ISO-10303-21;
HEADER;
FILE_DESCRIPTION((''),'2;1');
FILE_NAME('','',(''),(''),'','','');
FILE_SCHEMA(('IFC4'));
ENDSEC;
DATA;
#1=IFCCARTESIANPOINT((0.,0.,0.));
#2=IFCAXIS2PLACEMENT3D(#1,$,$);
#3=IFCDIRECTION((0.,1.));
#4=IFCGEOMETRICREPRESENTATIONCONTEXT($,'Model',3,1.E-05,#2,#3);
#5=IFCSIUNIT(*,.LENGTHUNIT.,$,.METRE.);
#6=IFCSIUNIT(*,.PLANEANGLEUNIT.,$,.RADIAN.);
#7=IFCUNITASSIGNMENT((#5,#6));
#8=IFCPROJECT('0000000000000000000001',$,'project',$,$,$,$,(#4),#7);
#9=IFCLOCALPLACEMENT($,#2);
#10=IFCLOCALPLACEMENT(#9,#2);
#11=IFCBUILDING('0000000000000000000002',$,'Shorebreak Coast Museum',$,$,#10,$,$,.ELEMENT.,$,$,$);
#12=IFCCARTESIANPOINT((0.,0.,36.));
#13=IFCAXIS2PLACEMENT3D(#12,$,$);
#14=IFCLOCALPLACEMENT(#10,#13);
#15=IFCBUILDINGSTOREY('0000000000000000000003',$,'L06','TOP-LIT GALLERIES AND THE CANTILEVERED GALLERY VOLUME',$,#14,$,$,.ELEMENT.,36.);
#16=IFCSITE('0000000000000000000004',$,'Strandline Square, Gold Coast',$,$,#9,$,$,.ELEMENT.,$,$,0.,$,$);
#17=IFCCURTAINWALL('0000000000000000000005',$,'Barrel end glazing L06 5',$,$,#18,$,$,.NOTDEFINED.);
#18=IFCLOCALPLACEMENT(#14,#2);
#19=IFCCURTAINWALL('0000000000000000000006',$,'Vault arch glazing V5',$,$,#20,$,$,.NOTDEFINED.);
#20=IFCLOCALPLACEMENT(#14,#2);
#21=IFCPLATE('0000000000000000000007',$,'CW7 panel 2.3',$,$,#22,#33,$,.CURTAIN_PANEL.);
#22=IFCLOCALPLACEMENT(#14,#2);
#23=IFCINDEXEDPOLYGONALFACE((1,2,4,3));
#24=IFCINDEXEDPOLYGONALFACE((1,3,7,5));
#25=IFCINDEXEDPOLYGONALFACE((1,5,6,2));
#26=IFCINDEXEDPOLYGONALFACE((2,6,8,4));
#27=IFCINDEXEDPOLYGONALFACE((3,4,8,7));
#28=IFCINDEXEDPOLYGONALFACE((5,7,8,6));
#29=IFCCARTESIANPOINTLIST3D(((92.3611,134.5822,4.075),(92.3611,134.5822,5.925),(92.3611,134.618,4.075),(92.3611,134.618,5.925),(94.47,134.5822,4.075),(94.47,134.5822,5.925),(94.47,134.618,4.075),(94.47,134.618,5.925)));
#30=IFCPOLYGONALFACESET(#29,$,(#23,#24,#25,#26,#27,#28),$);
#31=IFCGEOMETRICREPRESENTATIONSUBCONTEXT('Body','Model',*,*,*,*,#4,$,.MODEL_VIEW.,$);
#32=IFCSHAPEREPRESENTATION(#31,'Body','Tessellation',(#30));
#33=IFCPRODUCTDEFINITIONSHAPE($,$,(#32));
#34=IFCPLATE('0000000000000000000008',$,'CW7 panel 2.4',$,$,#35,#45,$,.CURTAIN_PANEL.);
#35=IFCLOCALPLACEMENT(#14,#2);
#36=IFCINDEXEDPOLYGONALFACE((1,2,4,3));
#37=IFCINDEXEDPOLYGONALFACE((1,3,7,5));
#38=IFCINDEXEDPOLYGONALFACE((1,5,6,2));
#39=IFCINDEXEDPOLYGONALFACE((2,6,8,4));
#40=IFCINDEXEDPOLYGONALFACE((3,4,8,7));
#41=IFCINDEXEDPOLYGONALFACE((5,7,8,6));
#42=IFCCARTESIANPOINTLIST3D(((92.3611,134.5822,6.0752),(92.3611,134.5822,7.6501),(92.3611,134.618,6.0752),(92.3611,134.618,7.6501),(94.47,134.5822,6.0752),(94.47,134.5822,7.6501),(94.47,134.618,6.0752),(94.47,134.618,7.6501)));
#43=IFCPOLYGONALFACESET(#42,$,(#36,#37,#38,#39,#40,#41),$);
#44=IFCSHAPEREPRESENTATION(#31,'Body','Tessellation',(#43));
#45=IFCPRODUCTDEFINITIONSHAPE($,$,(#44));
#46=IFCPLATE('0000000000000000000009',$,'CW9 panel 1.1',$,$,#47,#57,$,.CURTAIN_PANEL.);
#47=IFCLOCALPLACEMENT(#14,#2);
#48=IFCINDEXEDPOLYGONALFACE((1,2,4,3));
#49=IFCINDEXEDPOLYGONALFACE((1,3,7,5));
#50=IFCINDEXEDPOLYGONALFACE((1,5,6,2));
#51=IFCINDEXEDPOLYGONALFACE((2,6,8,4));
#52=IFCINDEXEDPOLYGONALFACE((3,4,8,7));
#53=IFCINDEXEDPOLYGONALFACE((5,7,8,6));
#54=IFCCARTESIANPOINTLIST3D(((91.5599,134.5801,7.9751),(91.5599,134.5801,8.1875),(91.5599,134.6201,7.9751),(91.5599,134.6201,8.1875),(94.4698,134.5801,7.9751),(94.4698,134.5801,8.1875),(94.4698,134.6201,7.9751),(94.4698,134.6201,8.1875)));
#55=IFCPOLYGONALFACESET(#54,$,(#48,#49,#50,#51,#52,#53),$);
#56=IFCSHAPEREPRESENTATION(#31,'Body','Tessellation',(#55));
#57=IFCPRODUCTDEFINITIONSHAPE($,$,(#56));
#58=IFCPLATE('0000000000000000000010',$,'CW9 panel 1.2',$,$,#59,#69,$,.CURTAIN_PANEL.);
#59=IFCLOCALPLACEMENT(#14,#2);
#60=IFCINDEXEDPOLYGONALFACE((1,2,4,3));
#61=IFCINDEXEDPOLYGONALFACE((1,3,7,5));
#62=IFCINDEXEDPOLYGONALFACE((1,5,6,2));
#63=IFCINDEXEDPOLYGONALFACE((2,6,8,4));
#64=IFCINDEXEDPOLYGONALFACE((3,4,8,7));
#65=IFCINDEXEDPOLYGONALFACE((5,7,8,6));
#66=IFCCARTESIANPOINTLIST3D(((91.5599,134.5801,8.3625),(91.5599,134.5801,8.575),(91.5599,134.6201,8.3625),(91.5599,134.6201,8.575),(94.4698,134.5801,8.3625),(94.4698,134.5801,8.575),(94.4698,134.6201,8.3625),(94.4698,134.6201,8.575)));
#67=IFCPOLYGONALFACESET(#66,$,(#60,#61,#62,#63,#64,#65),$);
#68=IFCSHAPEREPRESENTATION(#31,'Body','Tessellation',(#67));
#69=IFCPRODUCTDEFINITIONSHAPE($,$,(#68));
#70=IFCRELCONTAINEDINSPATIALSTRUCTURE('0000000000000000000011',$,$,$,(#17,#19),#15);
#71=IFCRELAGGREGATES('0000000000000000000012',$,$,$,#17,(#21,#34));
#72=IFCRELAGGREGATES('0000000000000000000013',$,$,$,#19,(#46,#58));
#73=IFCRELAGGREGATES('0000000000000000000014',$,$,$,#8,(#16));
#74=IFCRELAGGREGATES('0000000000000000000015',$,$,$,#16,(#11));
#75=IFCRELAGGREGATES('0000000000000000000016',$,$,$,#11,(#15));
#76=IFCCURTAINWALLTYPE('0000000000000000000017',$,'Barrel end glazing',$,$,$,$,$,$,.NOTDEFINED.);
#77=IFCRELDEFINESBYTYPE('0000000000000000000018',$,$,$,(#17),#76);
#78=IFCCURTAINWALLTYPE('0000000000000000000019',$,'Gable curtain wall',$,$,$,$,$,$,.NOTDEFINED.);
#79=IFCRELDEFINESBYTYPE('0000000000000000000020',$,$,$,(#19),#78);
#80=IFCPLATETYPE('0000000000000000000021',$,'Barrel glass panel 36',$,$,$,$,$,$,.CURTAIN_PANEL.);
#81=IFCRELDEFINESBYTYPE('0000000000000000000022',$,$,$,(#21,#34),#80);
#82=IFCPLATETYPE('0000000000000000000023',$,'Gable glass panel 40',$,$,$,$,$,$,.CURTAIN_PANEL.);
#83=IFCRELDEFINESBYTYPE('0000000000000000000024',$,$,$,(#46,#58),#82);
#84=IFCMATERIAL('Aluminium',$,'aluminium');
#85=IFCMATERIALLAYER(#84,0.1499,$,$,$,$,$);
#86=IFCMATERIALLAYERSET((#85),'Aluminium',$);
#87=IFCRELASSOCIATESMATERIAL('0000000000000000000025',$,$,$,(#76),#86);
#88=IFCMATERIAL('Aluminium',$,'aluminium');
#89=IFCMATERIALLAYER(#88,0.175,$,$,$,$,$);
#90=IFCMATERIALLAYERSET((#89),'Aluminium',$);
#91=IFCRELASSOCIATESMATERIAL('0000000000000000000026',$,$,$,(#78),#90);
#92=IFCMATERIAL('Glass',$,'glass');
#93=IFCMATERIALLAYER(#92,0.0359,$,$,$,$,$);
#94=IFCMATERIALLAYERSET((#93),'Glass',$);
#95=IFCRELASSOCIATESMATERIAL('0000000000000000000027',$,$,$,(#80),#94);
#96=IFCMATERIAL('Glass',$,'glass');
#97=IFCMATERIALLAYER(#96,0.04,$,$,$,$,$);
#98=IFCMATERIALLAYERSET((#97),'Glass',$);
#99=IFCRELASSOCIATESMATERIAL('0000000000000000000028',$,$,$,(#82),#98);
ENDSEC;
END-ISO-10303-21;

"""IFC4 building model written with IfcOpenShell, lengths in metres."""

from ifc_helpers import new_model, si_unit, direction, frame, origin, origin_2d, place, context, subcontext, project, spatial, rectangle, extrude, material, layer, layer_set, type_object, element, aggregate, save


model = new_model("IFC4")

# Units and contexts
model_context = context("Model", 3, precision=1e-05, world=origin(), true_north=direction((0.0, 1.0)))
body_context = subcontext(model_context, "Body", "Model", "MODEL_VIEW")
ifc_project = project(units=[si_unit("LENGTHUNIT", "METRE"), si_unit("PLANEANGLEUNIT", "RADIAN")], contexts=[model_context])

# Site, building, storey
site_placement = place(None, origin())
site = spatial("IfcSite", under=ifc_project, at=site_placement, Name="Strandline Square, Gold Coast", CompositionType="ELEMENT", RefElevation=0.0)
building_placement = place(site_placement, origin())
building = spatial("IfcBuilding", under=site, at=building_placement, Name="Shorebreak Coast Museum", CompositionType="ELEMENT")
storey_placement = place(building_placement, frame((0.0, 0.0, 36.0)))
storey = spatial("IfcBuildingStorey", under=building, at=storey_placement, Name="L06", Description="TOP-LIT GALLERIES AND THE CANTILEVERED GALLERY VOLUME", CompositionType="ELEMENT", Elevation=36.0)

# Curtain wall
ifc_material_1 = material(Name="Aluminium", Category="aluminium")
ifc_layer_1 = layer(ifc_material_1, 0.1499)
ifc_layer_set_1 = layer_set([ifc_layer_1], Name="Aluminium")
curtain_wall_type_1 = type_object("IfcCurtainWallType", Name="Barrel end glazing", PredefinedType="NOTDEFINED", material=ifc_layer_set_1)
curtain_wall_1_placement = place(storey_placement, origin())
curtain_wall_1 = element("IfcCurtainWall", 1, at=curtain_wall_1_placement, inside=storey, type_object=curtain_wall_type_1, Name="Barrel end glazing L06 5", PredefinedType="NOTDEFINED")

# Curtain wall
ifc_material_2 = material(Name="Aluminium", Category="aluminium")
ifc_layer_2 = layer(ifc_material_2, 0.175)
ifc_layer_set_2 = layer_set([ifc_layer_2], Name="Aluminium")
curtain_wall_type_2 = type_object("IfcCurtainWallType", Name="Gable curtain wall", PredefinedType="NOTDEFINED", material=ifc_layer_set_2)
curtain_wall_2_placement = place(storey_placement, origin())
curtain_wall_2 = element("IfcCurtainWall", 2, at=curtain_wall_2_placement, inside=storey, type_object=curtain_wall_type_2, Name="Vault arch glazing V5", PredefinedType="NOTDEFINED")

# Plates
ifc_material_3 = material(Name="Glass", Category="glass")
ifc_layer_3 = layer(ifc_material_3, 0.0359)
ifc_layer_set_3 = layer_set([ifc_layer_3], Name="Glass")
plate_type_1 = type_object("IfcPlateType", Name="Barrel glass panel 36", PredefinedType="CURTAIN_PANEL", material=ifc_layer_set_3)
plate_1_placement = place(storey_placement, frame((93.4155, 134.6001, 4.075), z_axis=(0.0, 0.0, 1.0), x_axis=(1.0, 0.0, 0.0)))
plate_1 = element("IfcPlate", 3, at=plate_1_placement, type_object=plate_type_1, Name="CW7 panel 2.3", PredefinedType="CURTAIN_PANEL", context=body_context, shape_type="SweptSolid", body=[
    extrude(rectangle(XDim=2.1089, YDim=0.0359, at=origin_2d()), origin(), (0.0, 0.0, 1.0), 1.8501),
])
plate_2_placement = place(storey_placement, frame((93.4155, 134.6001, 6.0752), z_axis=(0.0, 0.0, 1.0), x_axis=(1.0, 0.0, 0.0)))
plate_2 = element("IfcPlate", 4, at=plate_2_placement, type_object=plate_type_1, Name="CW7 panel 2.4", PredefinedType="CURTAIN_PANEL", context=body_context, shape_type="SweptSolid", body=[
    extrude(rectangle(XDim=2.1089, YDim=0.0359, at=origin_2d()), origin(), (0.0, 0.0, 1.0), 1.575),
])
aggregate(curtain_wall_1, [plate_1, plate_2])
ifc_material_4 = material(Name="Glass", Category="glass")
ifc_layer_4 = layer(ifc_material_4, 0.04)
ifc_layer_set_4 = layer_set([ifc_layer_4], Name="Glass")
plate_type_2 = type_object("IfcPlateType", Name="Gable glass panel 40", PredefinedType="CURTAIN_PANEL", material=ifc_layer_set_4)
plate_3_placement = place(storey_placement, frame((93.0149, 134.6001, 7.9751), z_axis=(0.0, 0.0, 1.0), x_axis=(1.0, 0.0, 0.0)))
plate_3 = element("IfcPlate", 5, at=plate_3_placement, type_object=plate_type_2, Name="CW9 panel 1.1", PredefinedType="CURTAIN_PANEL", context=body_context, shape_type="SweptSolid", body=[
    extrude(rectangle(XDim=2.9099, YDim=0.04, at=origin_2d()), origin(), (0.0, 0.0, 1.0), 0.2124),
])
plate_4_placement = place(storey_placement, frame((93.0149, 134.6001, 8.3625), z_axis=(0.0, 0.0, 1.0), x_axis=(1.0, 0.0, 0.0)))
plate_4 = element("IfcPlate", 6, at=plate_4_placement, type_object=plate_type_2, Name="CW9 panel 1.2", PredefinedType="CURTAIN_PANEL", context=body_context, shape_type="SweptSolid", body=[
    extrude(rectangle(XDim=2.9099, YDim=0.04, at=origin_2d()), origin(), (0.0, 0.0, 1.0), 0.2124),
])
aggregate(curtain_wall_2, [plate_3, plate_4])

save(model, "model.ifc")
